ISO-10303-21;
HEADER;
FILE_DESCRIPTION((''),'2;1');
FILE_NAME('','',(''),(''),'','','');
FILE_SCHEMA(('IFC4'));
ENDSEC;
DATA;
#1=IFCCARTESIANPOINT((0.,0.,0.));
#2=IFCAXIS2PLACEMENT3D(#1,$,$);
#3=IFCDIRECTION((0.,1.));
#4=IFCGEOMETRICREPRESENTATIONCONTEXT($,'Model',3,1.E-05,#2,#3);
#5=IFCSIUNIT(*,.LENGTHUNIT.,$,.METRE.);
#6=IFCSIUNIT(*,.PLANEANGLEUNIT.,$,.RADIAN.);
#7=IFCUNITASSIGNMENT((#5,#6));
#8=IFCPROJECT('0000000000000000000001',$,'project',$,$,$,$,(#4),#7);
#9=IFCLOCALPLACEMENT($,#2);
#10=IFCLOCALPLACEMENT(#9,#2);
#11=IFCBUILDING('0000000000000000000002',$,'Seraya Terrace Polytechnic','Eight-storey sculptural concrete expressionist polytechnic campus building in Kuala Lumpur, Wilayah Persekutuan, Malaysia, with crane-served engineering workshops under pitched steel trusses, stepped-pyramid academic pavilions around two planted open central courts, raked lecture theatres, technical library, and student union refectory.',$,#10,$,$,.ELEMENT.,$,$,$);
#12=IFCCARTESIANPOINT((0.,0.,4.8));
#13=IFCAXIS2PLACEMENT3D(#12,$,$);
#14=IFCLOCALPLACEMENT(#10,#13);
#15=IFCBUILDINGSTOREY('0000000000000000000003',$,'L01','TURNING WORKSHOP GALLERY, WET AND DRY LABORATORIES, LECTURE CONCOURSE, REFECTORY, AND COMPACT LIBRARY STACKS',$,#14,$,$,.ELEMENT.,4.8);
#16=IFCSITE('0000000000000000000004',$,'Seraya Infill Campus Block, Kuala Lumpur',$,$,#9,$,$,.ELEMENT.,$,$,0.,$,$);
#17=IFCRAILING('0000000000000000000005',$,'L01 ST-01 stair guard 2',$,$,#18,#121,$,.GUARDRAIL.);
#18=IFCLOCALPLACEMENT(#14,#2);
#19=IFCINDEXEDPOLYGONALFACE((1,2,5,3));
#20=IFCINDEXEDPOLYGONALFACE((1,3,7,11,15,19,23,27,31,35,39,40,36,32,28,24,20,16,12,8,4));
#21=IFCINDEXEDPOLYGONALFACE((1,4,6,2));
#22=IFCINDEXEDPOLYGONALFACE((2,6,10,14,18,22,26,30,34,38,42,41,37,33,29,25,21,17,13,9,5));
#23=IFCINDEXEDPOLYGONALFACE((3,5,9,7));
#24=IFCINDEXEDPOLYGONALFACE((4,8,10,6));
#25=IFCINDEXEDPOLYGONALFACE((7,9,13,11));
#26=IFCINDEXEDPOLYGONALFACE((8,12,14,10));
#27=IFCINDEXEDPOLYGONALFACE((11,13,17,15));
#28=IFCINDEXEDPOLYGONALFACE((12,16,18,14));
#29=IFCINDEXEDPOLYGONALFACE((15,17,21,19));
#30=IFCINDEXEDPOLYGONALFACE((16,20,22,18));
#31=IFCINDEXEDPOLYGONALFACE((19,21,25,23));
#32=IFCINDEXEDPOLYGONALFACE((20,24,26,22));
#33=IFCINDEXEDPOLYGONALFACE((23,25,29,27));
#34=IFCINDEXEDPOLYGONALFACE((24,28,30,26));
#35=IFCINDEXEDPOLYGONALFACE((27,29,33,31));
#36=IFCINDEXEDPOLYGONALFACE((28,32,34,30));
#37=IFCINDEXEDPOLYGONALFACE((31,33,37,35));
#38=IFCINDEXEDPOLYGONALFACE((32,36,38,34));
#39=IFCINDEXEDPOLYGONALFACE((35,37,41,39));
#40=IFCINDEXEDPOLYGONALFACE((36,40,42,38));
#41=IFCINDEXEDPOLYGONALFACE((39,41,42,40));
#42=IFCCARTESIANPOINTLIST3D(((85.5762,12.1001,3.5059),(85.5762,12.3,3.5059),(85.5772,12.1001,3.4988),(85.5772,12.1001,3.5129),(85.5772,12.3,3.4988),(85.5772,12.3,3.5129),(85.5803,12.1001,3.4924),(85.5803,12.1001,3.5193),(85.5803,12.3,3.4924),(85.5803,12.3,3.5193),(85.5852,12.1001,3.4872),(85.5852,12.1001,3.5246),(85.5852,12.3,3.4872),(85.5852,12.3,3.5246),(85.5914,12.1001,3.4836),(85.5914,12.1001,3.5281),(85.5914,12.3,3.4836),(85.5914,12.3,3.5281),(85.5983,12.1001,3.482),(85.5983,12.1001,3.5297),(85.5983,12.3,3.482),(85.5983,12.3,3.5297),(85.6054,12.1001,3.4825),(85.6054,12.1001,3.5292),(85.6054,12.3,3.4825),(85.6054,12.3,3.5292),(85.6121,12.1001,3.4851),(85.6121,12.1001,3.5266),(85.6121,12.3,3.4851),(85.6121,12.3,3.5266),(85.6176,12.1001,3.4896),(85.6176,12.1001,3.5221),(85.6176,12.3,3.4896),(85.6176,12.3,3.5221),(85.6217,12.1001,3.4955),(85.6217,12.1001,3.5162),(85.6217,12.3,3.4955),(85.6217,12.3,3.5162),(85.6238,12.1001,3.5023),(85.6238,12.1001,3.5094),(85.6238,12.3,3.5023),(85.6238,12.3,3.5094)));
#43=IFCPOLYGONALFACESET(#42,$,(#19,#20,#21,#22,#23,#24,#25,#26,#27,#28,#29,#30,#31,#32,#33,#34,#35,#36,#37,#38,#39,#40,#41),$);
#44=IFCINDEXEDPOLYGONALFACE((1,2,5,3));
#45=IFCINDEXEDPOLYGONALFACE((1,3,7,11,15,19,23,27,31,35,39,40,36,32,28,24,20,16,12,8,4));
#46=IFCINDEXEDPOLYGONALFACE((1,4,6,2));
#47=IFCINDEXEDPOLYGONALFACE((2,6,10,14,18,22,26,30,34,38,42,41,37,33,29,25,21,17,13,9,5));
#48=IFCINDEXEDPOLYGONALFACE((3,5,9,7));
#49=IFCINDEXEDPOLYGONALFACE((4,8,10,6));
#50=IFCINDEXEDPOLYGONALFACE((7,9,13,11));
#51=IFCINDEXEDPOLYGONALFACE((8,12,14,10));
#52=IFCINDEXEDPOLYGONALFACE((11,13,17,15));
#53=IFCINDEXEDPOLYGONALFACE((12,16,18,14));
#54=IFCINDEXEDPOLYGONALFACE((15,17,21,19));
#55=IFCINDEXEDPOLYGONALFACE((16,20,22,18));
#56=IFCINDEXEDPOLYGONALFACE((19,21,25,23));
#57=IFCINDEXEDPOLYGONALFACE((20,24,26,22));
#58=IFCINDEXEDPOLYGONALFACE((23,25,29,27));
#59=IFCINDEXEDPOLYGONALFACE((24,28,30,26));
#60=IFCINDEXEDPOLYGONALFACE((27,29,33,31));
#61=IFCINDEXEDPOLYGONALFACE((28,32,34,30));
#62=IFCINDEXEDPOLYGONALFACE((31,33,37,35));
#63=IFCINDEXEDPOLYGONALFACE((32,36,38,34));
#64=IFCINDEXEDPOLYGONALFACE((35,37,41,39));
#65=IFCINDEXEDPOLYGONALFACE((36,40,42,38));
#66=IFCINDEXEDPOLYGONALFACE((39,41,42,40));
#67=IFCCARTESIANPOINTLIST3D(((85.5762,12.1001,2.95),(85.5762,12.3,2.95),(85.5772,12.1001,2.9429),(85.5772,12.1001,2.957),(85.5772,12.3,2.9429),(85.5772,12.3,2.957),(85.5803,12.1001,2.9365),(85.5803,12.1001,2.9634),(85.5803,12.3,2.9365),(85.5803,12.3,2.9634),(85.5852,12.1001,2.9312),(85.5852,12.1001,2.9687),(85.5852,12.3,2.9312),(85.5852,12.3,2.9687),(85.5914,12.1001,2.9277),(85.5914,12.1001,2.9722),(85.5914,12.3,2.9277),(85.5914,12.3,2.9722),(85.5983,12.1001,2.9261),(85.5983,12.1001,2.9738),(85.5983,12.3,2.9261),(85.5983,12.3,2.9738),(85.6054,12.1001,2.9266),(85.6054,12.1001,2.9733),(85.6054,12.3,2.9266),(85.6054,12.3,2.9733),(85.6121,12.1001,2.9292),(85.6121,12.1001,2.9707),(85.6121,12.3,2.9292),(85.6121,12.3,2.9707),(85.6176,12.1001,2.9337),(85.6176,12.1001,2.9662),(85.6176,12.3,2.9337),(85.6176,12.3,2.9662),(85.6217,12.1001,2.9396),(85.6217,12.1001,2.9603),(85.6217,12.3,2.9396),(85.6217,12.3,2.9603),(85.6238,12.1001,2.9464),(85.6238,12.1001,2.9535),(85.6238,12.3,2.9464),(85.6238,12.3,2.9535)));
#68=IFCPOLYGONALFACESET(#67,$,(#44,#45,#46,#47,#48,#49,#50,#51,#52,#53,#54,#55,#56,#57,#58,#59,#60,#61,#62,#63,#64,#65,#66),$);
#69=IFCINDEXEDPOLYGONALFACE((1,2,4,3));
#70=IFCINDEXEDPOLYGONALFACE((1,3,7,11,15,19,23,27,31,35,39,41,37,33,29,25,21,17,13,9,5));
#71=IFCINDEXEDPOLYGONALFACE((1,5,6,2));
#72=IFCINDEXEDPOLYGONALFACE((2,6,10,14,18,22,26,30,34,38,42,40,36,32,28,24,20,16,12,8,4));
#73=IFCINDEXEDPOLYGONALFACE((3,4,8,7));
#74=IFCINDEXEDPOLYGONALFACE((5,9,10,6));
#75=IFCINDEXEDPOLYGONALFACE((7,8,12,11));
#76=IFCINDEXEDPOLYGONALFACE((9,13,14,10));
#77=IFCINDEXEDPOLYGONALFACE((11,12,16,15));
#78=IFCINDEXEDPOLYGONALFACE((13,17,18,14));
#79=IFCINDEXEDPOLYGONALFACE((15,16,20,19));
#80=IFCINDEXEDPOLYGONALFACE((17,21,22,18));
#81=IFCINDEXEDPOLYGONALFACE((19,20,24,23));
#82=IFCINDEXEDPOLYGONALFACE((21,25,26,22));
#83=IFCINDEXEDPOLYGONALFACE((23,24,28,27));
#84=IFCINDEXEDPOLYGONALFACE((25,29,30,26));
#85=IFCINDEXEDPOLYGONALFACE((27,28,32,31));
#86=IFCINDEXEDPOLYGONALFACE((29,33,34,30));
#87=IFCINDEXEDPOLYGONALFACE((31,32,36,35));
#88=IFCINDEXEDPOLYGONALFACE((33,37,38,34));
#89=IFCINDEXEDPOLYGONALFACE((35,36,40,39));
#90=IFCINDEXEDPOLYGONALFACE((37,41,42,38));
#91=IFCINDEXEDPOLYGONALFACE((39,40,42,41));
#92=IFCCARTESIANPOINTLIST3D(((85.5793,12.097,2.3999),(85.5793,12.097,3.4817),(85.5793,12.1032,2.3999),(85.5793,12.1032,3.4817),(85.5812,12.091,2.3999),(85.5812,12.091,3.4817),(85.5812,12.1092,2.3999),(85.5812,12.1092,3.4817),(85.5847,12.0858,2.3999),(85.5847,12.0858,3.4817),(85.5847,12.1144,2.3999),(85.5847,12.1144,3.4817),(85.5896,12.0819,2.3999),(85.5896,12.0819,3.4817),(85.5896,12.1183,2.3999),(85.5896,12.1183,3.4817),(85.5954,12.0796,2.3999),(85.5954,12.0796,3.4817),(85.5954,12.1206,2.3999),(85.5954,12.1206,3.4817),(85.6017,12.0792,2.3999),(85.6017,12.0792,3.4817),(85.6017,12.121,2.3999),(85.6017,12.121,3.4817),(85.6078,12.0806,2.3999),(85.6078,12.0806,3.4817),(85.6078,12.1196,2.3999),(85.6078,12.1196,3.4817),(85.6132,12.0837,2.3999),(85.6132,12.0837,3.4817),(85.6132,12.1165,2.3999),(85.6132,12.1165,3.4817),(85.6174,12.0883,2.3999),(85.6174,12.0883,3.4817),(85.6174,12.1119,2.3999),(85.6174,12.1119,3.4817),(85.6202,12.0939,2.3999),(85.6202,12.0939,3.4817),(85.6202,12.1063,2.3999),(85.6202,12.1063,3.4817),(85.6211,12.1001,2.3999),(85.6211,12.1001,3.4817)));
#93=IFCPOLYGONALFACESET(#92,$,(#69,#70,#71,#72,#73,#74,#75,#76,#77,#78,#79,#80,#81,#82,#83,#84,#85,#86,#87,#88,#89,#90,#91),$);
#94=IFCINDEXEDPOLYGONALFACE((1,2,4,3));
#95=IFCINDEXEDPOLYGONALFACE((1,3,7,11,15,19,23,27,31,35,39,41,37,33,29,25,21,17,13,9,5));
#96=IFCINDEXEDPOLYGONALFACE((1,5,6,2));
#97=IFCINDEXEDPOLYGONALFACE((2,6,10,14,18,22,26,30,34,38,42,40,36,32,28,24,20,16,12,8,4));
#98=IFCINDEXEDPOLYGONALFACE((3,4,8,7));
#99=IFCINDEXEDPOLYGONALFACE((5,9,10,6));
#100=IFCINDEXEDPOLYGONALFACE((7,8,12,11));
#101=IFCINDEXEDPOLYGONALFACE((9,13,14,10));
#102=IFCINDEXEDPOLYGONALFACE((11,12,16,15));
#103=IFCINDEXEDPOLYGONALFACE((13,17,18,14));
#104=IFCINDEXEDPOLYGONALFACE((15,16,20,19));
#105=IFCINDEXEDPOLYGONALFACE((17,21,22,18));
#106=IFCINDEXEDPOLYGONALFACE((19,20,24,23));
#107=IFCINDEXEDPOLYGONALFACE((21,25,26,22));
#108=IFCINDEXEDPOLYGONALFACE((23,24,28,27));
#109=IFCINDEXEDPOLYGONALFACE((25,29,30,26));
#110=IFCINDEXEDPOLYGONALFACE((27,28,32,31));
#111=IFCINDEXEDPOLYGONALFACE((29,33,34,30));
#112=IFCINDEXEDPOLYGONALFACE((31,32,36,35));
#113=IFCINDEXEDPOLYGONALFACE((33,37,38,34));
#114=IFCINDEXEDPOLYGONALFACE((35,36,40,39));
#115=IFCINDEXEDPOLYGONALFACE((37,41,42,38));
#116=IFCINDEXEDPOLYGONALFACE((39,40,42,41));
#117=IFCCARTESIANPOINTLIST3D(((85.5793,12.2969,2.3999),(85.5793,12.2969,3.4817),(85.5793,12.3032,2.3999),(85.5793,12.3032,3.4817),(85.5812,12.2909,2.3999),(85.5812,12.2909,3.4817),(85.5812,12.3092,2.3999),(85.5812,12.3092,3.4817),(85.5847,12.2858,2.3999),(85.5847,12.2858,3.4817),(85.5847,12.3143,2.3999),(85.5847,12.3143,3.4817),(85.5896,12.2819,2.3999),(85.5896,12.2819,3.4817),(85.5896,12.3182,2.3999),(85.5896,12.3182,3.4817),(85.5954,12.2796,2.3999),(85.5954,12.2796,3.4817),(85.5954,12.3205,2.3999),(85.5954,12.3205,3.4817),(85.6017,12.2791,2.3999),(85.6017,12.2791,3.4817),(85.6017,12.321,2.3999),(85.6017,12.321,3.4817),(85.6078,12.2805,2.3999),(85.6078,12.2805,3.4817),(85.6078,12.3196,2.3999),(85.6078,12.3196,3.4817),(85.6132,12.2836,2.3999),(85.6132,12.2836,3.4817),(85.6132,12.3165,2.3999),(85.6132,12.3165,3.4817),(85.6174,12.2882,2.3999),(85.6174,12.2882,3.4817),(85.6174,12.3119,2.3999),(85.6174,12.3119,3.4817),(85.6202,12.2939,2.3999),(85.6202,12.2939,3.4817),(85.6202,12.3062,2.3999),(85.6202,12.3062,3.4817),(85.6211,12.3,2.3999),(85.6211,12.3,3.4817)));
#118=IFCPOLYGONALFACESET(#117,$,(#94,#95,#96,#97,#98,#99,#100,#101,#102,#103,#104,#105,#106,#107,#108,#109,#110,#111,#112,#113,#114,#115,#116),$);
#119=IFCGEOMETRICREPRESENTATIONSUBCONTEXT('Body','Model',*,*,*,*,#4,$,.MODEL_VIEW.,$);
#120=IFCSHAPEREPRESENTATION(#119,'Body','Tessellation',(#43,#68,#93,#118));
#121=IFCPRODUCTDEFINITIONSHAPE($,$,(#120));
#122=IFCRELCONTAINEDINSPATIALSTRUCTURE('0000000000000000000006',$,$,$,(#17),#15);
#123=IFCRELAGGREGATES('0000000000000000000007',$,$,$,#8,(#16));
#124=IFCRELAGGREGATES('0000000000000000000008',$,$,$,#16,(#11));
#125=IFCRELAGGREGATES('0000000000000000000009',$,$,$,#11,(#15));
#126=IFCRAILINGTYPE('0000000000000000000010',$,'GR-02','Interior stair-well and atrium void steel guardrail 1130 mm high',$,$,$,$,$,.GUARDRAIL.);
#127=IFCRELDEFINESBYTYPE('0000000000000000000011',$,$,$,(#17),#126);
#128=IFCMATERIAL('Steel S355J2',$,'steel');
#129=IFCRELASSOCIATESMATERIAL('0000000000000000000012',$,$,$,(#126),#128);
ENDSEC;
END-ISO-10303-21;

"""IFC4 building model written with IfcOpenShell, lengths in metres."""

from ifc_helpers import new_model, si_unit, direction, frame, origin, origin_2d, place, context, subcontext, project, spatial, circle, extrude, material, type_object, element, save


model = new_model("IFC4")

# Units and contexts
model_context = context("Model", 3, precision=1e-05, world=origin(), true_north=direction((0.0, 1.0)))
body_context = subcontext(model_context, "Body", "Model", "MODEL_VIEW")
ifc_project = project(units=[si_unit("LENGTHUNIT", "METRE"), si_unit("PLANEANGLEUNIT", "RADIAN")], contexts=[model_context])

# Site, building, storey
site_placement = place(None, origin())
site = spatial("IfcSite", under=ifc_project, at=site_placement, Name="Seraya Infill Campus Block, Kuala Lumpur", CompositionType="ELEMENT", RefElevation=0.0)
building_placement = place(site_placement, origin())
building = spatial("IfcBuilding", under=site, at=building_placement, Name="Seraya Terrace Polytechnic", Description="Eight-storey sculptural concrete expressionist polytechnic campus building in Kuala Lumpur, Wilayah Persekutuan, Malaysia, with crane-served engineering workshops under pitched steel trusses, stepped-pyramid academic pavilions around two planted open central courts, raked lecture theatres, technical library, and student union refectory.", CompositionType="ELEMENT")
storey_placement = place(building_placement, frame((0.0, 0.0, 4.8)))
storey = spatial("IfcBuildingStorey", under=building, at=storey_placement, Name="L01", Description="TURNING WORKSHOP GALLERY, WET AND DRY LABORATORIES, LECTURE CONCOURSE, REFECTORY, AND COMPACT LIBRARY STACKS", CompositionType="ELEMENT", Elevation=4.8)

# Shared definitions
ifc_material_1 = material(Name="Steel S355J2", Category="steel")

# Railing
railing_type_1 = type_object("IfcRailingType", Name="GR-02", Description="Interior stair-well and atrium void steel guardrail 1130 mm high", PredefinedType="GUARDRAIL", material=ifc_material_1)
railing_1_placement = place(storey_placement, frame((85.6001, 12.1001, 2.3999)))
element("IfcRailing", 1, at=railing_1_placement, inside=storey, type_object=railing_type_1, Name="L01 ST-01 stair guard 2", PredefinedType="GUARDRAIL", context=body_context, shape_type="SweptSolid", body=[
    extrude(circle(Radius=0.0239, at=origin_2d()), frame((0.0, 0.0, 1.106), z_axis=(0.0, 1.0, 0.0), x_axis=(-1.0, 0.0, 0.0)), (0.0, 0.0, 1.0), 0.2),
    extrude(circle(Radius=0.0239, at=origin_2d()), frame((0.0, 0.0, 0.55), z_axis=(0.0, 1.0, 0.0), x_axis=(-1.0, 0.0, 0.0)), (0.0, 0.0, 1.0), 0.2),
    extrude(circle(Radius=0.021, at=origin_2d()), origin(), (0.0, 0.0, 1.0), 1.0818),
    extrude(circle(Radius=0.021, at=origin_2d()), frame((0.0, 0.2, 0.0)), (0.0, 0.0, 1.0), 1.0818),
])

save(model, "model.ifc")
